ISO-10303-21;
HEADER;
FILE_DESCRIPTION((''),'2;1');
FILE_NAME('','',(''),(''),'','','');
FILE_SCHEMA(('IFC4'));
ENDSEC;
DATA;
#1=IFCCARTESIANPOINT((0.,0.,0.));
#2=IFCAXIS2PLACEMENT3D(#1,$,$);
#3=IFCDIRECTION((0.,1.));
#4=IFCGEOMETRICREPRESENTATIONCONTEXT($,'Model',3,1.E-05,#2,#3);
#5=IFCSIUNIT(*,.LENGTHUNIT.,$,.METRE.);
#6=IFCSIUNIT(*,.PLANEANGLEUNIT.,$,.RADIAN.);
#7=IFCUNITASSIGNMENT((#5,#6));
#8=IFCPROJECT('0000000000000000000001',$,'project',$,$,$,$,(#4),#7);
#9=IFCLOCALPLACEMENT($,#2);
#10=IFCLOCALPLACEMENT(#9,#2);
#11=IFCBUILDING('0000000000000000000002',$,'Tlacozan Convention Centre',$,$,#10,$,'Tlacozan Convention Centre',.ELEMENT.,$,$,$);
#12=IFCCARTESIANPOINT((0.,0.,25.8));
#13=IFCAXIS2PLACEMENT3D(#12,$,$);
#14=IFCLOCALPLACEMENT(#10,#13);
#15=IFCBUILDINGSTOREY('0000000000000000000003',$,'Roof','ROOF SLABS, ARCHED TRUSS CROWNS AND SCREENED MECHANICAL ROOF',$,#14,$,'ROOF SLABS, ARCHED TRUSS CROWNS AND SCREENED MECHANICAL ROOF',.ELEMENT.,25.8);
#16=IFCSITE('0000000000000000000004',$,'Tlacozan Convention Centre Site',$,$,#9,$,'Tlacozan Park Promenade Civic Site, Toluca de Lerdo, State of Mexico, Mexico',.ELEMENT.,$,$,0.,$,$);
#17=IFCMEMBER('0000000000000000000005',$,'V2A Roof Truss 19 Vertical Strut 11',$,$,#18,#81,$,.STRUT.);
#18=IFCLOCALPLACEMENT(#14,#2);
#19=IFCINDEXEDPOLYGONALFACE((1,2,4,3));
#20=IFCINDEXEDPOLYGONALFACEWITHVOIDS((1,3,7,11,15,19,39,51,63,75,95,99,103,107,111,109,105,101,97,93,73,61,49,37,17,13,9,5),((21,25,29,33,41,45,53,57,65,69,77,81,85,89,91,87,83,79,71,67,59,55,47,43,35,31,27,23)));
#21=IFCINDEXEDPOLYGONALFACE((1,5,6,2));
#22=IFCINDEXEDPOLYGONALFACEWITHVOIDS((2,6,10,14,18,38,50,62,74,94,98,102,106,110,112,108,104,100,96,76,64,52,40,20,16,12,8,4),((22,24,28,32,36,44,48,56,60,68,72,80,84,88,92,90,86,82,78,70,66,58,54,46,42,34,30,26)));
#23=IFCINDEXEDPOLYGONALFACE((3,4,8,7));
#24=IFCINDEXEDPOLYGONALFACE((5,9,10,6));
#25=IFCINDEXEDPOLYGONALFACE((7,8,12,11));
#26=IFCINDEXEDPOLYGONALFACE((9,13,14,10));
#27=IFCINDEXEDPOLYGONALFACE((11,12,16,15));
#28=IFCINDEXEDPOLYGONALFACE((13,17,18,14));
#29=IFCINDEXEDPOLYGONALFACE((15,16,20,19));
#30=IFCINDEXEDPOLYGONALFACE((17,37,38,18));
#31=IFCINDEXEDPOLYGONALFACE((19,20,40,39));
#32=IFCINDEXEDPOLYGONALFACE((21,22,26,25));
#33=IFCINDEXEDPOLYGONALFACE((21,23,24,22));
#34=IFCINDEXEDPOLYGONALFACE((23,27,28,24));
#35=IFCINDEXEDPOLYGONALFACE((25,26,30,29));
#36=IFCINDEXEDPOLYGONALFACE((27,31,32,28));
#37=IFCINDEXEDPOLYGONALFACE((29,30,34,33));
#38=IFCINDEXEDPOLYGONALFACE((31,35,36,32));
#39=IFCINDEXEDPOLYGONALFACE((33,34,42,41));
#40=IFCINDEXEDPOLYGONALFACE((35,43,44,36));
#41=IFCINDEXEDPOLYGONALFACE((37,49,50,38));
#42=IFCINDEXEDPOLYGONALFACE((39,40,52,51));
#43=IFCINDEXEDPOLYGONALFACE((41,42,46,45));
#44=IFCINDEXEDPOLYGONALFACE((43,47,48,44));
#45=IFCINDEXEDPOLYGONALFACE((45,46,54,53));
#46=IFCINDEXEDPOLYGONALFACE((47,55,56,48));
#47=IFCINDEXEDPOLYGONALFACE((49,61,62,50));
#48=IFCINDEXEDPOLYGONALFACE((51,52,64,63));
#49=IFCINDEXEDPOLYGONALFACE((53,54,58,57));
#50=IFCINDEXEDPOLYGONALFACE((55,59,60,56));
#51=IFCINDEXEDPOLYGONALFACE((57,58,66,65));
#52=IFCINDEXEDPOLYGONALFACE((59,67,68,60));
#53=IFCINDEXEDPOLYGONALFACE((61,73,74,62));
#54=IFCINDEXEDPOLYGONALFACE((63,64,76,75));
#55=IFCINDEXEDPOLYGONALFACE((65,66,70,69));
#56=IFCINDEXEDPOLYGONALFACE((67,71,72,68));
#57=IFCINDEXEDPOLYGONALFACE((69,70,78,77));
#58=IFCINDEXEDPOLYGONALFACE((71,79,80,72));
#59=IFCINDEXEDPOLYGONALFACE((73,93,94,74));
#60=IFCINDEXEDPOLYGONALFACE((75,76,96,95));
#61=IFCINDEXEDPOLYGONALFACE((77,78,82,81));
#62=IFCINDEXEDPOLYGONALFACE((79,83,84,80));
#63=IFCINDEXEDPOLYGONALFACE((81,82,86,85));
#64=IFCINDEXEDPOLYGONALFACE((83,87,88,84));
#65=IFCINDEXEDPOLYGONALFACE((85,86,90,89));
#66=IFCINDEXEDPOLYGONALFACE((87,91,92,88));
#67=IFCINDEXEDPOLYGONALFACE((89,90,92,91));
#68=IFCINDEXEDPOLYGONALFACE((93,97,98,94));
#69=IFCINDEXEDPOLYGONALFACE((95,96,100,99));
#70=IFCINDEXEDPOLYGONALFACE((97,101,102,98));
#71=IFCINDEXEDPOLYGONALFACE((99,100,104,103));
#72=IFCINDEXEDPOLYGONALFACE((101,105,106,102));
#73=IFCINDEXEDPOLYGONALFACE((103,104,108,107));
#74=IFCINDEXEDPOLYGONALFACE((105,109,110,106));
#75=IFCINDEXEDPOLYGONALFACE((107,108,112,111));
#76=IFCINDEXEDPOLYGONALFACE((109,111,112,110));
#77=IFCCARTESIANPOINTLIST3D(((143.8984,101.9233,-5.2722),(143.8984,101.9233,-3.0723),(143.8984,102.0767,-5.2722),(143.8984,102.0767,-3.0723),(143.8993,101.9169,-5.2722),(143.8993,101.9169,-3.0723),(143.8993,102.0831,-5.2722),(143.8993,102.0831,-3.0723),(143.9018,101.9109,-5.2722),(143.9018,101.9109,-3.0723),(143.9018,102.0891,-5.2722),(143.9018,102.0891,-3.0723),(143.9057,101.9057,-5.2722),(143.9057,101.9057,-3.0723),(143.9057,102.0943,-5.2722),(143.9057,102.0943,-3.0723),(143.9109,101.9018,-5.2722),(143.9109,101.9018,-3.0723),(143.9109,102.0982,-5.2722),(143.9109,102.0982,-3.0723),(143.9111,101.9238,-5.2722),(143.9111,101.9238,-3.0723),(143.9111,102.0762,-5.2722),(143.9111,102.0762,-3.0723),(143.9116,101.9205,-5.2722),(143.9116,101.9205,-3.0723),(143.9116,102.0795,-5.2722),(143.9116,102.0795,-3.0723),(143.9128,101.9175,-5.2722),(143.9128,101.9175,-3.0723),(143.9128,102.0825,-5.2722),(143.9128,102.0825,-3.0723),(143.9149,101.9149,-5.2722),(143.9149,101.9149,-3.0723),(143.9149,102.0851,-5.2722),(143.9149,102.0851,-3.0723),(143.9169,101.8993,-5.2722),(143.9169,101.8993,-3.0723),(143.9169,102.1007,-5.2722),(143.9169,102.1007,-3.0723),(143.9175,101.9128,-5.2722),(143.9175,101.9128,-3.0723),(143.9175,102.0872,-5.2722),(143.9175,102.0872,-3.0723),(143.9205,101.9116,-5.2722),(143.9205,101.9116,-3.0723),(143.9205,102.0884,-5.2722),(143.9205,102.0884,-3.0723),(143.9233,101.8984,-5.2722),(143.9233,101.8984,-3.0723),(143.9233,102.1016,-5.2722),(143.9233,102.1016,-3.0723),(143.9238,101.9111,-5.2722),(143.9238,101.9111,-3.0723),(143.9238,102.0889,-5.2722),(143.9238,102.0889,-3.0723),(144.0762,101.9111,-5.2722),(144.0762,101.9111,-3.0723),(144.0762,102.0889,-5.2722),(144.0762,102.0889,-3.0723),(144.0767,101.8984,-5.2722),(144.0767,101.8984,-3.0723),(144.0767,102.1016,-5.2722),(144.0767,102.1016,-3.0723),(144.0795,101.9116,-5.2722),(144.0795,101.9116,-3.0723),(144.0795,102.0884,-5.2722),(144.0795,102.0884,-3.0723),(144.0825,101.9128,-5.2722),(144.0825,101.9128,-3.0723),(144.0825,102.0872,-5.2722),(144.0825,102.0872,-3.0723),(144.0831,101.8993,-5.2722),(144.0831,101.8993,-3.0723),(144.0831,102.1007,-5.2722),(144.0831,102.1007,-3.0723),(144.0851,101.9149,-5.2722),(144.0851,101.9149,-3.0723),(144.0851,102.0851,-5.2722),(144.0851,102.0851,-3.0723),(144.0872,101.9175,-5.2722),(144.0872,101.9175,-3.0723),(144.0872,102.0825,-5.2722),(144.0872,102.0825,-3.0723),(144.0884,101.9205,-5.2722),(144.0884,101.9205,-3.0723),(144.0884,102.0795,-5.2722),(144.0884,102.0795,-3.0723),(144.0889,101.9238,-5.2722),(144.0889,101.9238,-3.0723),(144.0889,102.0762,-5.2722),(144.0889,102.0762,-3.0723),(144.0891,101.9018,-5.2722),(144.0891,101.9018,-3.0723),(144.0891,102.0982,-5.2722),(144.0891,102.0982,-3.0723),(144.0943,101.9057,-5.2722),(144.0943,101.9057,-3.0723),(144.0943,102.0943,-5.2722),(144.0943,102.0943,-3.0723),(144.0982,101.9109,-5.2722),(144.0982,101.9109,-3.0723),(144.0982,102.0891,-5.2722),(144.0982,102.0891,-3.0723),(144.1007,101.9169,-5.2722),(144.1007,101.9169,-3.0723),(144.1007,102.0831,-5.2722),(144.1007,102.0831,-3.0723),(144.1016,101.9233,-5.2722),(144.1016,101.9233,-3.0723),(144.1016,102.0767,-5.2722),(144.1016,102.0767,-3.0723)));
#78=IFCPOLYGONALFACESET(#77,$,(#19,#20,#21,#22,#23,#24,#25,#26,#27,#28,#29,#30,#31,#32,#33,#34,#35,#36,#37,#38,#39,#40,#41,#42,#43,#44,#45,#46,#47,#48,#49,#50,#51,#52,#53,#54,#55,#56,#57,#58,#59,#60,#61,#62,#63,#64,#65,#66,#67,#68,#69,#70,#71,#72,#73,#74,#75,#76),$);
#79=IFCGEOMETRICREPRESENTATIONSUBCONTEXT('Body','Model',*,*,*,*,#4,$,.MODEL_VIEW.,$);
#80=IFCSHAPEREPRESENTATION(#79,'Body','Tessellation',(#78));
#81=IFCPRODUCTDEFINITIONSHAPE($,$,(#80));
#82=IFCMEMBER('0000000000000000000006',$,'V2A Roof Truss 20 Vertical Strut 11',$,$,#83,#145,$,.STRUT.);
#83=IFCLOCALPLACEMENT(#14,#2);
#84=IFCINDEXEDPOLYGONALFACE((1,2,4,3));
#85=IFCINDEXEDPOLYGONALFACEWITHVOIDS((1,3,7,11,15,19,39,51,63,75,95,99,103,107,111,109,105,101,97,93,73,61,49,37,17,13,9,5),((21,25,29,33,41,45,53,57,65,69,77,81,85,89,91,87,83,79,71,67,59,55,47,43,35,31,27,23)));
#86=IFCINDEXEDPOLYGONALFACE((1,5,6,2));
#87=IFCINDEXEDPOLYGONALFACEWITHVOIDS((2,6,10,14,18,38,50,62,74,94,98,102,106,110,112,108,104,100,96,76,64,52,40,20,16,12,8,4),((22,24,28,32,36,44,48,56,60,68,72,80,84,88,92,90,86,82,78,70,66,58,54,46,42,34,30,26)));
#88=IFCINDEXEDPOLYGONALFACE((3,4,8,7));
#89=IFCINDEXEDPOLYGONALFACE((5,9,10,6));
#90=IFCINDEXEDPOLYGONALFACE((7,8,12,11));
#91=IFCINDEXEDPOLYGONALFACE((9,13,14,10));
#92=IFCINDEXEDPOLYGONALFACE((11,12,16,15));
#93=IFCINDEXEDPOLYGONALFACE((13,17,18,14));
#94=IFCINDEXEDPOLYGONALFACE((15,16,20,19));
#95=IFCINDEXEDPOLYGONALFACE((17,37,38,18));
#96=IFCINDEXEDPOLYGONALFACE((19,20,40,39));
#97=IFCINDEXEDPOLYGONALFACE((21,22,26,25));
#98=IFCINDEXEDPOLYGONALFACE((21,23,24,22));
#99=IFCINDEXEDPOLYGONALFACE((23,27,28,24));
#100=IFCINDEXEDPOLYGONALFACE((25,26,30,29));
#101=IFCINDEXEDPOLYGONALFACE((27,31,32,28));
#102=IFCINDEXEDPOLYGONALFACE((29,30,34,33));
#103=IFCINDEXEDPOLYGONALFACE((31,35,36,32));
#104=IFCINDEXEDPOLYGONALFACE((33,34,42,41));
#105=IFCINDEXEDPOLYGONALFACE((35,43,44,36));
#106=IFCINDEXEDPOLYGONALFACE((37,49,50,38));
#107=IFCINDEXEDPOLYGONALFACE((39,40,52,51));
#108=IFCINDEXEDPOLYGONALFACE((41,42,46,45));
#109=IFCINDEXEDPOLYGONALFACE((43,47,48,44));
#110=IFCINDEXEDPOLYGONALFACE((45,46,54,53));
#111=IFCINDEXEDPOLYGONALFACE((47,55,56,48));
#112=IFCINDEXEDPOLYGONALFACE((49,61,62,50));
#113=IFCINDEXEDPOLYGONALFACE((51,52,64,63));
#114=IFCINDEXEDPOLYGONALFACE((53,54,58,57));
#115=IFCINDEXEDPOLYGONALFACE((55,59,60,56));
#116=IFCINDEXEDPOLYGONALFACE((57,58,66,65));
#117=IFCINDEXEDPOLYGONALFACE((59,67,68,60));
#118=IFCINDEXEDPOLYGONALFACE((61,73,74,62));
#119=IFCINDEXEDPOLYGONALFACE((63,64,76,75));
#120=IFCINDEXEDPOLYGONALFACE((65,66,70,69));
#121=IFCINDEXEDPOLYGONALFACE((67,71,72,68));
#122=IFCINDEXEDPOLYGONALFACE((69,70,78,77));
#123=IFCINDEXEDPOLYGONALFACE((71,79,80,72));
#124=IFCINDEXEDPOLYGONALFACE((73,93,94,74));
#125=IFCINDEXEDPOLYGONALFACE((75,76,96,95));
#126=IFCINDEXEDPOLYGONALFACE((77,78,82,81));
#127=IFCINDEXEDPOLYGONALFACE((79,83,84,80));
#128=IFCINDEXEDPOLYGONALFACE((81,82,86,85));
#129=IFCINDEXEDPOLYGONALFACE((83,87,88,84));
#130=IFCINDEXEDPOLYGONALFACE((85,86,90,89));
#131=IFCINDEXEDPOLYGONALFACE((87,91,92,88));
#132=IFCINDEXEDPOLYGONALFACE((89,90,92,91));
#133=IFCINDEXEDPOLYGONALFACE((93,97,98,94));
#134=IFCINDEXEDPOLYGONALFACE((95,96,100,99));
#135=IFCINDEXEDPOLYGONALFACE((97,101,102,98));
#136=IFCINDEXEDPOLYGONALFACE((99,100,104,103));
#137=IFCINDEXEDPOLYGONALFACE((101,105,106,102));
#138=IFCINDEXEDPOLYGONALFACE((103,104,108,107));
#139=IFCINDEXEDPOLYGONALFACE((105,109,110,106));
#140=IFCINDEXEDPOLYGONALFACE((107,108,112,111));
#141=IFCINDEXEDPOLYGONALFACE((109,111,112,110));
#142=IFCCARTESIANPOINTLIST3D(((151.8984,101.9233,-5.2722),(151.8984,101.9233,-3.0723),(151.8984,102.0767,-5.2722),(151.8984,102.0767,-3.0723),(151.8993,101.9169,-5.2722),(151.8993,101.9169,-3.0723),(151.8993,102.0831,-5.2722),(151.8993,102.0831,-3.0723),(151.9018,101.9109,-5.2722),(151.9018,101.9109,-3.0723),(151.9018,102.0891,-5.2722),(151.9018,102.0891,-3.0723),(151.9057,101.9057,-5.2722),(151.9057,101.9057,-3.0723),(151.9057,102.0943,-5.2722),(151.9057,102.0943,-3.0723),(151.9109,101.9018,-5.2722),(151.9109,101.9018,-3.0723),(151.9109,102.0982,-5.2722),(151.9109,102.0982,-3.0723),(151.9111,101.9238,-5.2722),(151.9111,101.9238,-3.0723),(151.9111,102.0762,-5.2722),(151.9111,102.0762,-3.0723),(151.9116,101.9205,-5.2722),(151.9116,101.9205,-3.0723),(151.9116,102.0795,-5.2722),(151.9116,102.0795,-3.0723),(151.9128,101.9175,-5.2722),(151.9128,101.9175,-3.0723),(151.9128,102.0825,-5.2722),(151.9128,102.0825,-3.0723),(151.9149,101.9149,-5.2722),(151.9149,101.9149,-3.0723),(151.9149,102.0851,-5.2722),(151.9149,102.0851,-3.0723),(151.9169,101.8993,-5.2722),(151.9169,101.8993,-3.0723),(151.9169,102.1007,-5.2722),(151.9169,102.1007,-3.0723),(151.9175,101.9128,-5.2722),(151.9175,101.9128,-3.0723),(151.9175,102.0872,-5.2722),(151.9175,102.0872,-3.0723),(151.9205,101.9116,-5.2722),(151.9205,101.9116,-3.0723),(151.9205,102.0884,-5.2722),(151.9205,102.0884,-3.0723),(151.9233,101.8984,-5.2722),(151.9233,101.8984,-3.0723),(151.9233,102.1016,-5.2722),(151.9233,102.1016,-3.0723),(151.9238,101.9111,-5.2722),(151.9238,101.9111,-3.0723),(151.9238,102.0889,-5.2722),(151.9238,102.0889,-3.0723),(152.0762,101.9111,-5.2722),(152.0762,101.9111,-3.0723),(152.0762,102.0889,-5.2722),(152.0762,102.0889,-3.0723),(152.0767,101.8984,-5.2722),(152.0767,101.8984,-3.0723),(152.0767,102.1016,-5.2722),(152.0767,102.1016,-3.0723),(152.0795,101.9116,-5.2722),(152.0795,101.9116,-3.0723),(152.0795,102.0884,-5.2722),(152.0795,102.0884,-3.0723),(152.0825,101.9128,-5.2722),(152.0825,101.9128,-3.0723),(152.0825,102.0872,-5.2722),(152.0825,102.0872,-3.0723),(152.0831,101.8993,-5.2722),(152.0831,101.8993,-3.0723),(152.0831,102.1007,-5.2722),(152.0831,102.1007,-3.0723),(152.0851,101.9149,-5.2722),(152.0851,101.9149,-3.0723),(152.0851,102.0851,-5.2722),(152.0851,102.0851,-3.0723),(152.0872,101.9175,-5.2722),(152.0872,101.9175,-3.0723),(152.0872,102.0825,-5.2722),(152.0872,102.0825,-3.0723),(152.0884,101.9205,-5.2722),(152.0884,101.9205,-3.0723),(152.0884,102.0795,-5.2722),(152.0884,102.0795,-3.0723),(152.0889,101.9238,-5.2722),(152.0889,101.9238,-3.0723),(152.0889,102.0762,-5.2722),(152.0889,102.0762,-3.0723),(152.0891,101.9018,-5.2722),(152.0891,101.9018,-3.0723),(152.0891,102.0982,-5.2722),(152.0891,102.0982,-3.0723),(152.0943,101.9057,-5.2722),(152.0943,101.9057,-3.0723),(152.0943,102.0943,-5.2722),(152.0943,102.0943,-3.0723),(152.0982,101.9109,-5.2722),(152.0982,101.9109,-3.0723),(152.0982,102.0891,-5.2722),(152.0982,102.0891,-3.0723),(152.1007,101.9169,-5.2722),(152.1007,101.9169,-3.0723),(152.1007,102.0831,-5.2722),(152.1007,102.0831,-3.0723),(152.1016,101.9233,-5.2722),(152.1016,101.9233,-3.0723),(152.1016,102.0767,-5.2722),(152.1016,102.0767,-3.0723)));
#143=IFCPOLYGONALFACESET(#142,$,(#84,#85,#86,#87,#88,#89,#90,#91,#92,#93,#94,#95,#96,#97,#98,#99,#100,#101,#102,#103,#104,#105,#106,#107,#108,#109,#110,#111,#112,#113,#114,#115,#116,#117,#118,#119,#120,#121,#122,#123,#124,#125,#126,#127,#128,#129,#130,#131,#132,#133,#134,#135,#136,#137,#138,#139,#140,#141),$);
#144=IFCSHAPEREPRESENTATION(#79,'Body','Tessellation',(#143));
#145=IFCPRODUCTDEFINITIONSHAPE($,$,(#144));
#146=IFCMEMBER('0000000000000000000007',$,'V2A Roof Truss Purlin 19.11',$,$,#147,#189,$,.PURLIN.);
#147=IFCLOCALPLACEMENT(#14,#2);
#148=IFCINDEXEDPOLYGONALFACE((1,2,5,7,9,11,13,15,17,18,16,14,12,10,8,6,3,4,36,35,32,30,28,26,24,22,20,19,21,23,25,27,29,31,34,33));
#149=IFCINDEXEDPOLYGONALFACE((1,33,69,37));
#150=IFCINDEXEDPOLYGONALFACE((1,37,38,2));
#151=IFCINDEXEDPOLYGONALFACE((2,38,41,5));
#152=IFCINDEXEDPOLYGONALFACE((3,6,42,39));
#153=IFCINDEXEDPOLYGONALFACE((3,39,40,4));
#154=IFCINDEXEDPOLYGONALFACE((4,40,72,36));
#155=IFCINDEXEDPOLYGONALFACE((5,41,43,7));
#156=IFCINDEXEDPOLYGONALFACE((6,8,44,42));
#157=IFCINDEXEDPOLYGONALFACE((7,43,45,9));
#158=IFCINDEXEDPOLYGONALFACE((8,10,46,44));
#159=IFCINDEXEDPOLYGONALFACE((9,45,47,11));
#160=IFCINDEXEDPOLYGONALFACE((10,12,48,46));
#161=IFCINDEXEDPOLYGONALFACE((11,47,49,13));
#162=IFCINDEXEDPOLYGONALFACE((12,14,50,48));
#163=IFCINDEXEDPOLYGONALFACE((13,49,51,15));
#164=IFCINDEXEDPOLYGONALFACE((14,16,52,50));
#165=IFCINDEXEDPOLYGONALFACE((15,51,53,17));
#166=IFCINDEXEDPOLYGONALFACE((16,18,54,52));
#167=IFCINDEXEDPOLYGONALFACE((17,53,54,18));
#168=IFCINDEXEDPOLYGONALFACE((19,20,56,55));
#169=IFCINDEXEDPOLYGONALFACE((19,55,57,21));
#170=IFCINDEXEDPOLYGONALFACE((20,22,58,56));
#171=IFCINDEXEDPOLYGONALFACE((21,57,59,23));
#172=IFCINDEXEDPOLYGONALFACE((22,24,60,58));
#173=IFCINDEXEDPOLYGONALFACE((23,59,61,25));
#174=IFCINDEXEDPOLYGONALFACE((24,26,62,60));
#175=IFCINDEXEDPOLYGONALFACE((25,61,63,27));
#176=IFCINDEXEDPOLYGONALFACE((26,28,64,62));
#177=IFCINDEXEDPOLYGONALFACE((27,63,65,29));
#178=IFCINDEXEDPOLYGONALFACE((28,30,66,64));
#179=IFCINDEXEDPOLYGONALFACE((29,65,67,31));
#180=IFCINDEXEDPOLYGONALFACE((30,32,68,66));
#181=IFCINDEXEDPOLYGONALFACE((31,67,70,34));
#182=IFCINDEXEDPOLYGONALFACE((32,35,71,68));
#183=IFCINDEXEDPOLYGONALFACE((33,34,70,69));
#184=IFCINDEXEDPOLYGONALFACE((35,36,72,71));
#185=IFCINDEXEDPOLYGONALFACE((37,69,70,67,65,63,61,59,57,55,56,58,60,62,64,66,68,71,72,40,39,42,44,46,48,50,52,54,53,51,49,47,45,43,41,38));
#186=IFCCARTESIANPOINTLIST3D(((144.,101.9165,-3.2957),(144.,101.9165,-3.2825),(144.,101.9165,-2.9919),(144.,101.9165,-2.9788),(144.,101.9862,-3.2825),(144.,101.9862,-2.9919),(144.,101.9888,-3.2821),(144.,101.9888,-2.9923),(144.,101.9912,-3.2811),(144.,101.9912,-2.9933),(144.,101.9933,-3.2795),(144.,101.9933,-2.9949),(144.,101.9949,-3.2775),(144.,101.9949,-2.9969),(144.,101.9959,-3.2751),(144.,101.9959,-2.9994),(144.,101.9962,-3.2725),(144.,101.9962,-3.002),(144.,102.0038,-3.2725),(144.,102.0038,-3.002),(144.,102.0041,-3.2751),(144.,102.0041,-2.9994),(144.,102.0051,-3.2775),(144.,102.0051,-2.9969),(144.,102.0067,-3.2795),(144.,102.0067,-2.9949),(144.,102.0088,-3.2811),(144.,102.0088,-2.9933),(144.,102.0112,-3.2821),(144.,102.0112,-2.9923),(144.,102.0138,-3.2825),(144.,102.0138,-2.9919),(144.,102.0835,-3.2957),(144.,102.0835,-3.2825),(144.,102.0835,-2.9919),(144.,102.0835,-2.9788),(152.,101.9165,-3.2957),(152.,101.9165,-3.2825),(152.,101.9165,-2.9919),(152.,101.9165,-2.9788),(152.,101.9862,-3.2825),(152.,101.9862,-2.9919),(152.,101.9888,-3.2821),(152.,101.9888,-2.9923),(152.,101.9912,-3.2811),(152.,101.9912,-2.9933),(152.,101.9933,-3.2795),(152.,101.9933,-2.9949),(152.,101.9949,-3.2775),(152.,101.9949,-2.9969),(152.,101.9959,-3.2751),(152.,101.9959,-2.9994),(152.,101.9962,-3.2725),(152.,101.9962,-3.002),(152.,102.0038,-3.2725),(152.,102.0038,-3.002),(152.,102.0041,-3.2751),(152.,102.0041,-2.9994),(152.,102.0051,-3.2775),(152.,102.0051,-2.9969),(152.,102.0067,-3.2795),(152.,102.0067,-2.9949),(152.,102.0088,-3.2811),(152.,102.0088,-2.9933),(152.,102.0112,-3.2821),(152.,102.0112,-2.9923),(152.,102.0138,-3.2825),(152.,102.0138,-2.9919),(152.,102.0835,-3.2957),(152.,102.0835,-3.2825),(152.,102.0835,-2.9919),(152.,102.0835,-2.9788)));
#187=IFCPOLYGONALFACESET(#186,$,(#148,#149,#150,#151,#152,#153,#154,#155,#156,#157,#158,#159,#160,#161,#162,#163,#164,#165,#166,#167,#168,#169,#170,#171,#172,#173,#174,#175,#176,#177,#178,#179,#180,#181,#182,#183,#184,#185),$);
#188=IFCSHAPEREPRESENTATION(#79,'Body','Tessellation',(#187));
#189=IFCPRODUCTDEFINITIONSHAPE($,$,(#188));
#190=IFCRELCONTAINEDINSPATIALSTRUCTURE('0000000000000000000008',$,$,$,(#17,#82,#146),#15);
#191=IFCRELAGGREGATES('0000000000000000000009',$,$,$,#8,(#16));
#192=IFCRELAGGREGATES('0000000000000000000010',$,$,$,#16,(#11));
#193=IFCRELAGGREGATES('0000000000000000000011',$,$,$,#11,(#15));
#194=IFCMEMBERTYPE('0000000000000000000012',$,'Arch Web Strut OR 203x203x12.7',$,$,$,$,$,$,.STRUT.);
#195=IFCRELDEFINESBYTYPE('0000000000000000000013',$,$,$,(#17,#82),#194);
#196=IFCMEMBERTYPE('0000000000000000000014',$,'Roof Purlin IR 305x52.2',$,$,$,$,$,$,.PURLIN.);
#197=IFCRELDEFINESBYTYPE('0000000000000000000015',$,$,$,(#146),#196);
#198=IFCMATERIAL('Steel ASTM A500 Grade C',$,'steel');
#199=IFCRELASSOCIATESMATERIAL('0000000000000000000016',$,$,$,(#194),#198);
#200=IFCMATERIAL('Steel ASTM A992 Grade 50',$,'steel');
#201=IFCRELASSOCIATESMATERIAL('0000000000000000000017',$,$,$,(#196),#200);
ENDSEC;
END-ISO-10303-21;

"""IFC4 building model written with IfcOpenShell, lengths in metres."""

from ifc_helpers import new_model, si_unit, direction, frame, origin, origin_2d, place, context, subcontext, project, spatial, hollow_rectangle, i_section, extrude, material, material_profile, profile_set, type_object, element, save


model = new_model("IFC4")

# Units and contexts
model_context = context("Model", 3, precision=1e-05, world=origin(), true_north=direction((0.0, 1.0)))
body_context = subcontext(model_context, "Body", "Model", "MODEL_VIEW")
ifc_project = project(units=[si_unit("LENGTHUNIT", "METRE"), si_unit("PLANEANGLEUNIT", "RADIAN")], contexts=[model_context])

# Site, building, storey
site_placement = place(None, origin())
site = spatial("IfcSite", under=ifc_project, at=site_placement, Name="Tlacozan Convention Centre Site", LongName="Tlacozan Park Promenade Civic Site, Toluca de Lerdo, State of Mexico, Mexico", CompositionType="ELEMENT", RefElevation=0.0)
building_placement = place(site_placement, origin())
building = spatial("IfcBuilding", under=site, at=building_placement, Name="Tlacozan Convention Centre", LongName="Tlacozan Convention Centre", CompositionType="ELEMENT")
storey_placement = place(building_placement, frame((0.0, 0.0, 25.8)))
storey = spatial("IfcBuildingStorey", under=building, at=storey_placement, Name="Roof", Description="ROOF SLABS, ARCHED TRUSS CROWNS AND SCREENED MECHANICAL ROOF", LongName="ROOF SLABS, ARCHED TRUSS CROWNS AND SCREENED MECHANICAL ROOF", CompositionType="ELEMENT", Elevation=25.8)

# Members
ifc_material_1 = material(Name="Steel ASTM A500 Grade C", Category="steel")
ifc_material_profile_1 = material_profile(ifc_material_1, hollow_rectangle(XDim=0.2031, YDim=0.2031, WallThickness=0.0127, InnerFilletRadius=0.0127, OuterFilletRadius=0.0249, at=origin_2d()), Name="OR 203x203x12.7")
ifc_profile_set_1 = profile_set([ifc_material_profile_1], Name="Steel ASTM A500 Grade C")
member_type_1 = type_object("IfcMemberType", Name="Arch Web Strut OR 203x203x12.7", PredefinedType="STRUT", material=ifc_profile_set_1)
for number, where, z_axis, x_axis, name in (
    (1, (144.0, 102.0, -5.2722), (0.0, 0.0, 1.0), (1.0, 0.0, 0.0), "V2A Roof Truss 19 Vertical Strut 11"),
    (2, (152.0, 102.0, -5.2722), (0.0, 0.0, 1.0), (1.0, 0.0, 0.0), "V2A Roof Truss 20 Vertical Strut 11"),
):
    element("IfcMember", number, at=place(storey_placement, frame(where, z_axis=z_axis, x_axis=x_axis)), inside=storey, type_object=member_type_1, Name=name, PredefinedType="STRUT", context=body_context, shape_type="SweptSolid", body=[
        extrude(hollow_rectangle(XDim=0.2031, YDim=0.2031, WallThickness=0.0127, InnerFilletRadius=0.0127, OuterFilletRadius=0.0249, at=origin_2d()), origin(), (0.0, 0.0, 1.0), 2.2),
    ])
ifc_material_2 = material(Name="Steel ASTM A992 Grade 50", Category="steel")
ifc_material_profile_2 = material_profile(ifc_material_2, i_section(OverallWidth=0.167, OverallDepth=0.3169, WebThickness=0.0076, FlangeThickness=0.0132, FilletRadius=0.01, at=origin_2d()), Name="IR 305x52.2")
ifc_profile_set_2 = profile_set([ifc_material_profile_2], Name="Steel ASTM A992 Grade 50")
member_type_2 = type_object("IfcMemberType", Name="Roof Purlin IR 305x52.2", PredefinedType="PURLIN", material=ifc_profile_set_2)
for number, where, z_axis, x_axis, name in (
    (3, (144.0, 102.0, -3.1372), (1.0, 0.0, 0.0), (0.0, 1.0, 0.0), "V2A Roof Truss Purlin 19.11"),
):
    element("IfcMember", number, at=place(storey_placement, frame(where, z_axis=z_axis, x_axis=x_axis)), inside=storey, type_object=member_type_2, Name=name, PredefinedType="PURLIN", context=body_context, shape_type="SweptSolid", body=[
        extrude(i_section(OverallWidth=0.167, OverallDepth=0.3169, WebThickness=0.0076, FlangeThickness=0.0132, FilletRadius=0.01, at=origin_2d()), origin(), (0.0, 0.0, 1.0), 8.0),
    ])

save(model, "model.ifc")
